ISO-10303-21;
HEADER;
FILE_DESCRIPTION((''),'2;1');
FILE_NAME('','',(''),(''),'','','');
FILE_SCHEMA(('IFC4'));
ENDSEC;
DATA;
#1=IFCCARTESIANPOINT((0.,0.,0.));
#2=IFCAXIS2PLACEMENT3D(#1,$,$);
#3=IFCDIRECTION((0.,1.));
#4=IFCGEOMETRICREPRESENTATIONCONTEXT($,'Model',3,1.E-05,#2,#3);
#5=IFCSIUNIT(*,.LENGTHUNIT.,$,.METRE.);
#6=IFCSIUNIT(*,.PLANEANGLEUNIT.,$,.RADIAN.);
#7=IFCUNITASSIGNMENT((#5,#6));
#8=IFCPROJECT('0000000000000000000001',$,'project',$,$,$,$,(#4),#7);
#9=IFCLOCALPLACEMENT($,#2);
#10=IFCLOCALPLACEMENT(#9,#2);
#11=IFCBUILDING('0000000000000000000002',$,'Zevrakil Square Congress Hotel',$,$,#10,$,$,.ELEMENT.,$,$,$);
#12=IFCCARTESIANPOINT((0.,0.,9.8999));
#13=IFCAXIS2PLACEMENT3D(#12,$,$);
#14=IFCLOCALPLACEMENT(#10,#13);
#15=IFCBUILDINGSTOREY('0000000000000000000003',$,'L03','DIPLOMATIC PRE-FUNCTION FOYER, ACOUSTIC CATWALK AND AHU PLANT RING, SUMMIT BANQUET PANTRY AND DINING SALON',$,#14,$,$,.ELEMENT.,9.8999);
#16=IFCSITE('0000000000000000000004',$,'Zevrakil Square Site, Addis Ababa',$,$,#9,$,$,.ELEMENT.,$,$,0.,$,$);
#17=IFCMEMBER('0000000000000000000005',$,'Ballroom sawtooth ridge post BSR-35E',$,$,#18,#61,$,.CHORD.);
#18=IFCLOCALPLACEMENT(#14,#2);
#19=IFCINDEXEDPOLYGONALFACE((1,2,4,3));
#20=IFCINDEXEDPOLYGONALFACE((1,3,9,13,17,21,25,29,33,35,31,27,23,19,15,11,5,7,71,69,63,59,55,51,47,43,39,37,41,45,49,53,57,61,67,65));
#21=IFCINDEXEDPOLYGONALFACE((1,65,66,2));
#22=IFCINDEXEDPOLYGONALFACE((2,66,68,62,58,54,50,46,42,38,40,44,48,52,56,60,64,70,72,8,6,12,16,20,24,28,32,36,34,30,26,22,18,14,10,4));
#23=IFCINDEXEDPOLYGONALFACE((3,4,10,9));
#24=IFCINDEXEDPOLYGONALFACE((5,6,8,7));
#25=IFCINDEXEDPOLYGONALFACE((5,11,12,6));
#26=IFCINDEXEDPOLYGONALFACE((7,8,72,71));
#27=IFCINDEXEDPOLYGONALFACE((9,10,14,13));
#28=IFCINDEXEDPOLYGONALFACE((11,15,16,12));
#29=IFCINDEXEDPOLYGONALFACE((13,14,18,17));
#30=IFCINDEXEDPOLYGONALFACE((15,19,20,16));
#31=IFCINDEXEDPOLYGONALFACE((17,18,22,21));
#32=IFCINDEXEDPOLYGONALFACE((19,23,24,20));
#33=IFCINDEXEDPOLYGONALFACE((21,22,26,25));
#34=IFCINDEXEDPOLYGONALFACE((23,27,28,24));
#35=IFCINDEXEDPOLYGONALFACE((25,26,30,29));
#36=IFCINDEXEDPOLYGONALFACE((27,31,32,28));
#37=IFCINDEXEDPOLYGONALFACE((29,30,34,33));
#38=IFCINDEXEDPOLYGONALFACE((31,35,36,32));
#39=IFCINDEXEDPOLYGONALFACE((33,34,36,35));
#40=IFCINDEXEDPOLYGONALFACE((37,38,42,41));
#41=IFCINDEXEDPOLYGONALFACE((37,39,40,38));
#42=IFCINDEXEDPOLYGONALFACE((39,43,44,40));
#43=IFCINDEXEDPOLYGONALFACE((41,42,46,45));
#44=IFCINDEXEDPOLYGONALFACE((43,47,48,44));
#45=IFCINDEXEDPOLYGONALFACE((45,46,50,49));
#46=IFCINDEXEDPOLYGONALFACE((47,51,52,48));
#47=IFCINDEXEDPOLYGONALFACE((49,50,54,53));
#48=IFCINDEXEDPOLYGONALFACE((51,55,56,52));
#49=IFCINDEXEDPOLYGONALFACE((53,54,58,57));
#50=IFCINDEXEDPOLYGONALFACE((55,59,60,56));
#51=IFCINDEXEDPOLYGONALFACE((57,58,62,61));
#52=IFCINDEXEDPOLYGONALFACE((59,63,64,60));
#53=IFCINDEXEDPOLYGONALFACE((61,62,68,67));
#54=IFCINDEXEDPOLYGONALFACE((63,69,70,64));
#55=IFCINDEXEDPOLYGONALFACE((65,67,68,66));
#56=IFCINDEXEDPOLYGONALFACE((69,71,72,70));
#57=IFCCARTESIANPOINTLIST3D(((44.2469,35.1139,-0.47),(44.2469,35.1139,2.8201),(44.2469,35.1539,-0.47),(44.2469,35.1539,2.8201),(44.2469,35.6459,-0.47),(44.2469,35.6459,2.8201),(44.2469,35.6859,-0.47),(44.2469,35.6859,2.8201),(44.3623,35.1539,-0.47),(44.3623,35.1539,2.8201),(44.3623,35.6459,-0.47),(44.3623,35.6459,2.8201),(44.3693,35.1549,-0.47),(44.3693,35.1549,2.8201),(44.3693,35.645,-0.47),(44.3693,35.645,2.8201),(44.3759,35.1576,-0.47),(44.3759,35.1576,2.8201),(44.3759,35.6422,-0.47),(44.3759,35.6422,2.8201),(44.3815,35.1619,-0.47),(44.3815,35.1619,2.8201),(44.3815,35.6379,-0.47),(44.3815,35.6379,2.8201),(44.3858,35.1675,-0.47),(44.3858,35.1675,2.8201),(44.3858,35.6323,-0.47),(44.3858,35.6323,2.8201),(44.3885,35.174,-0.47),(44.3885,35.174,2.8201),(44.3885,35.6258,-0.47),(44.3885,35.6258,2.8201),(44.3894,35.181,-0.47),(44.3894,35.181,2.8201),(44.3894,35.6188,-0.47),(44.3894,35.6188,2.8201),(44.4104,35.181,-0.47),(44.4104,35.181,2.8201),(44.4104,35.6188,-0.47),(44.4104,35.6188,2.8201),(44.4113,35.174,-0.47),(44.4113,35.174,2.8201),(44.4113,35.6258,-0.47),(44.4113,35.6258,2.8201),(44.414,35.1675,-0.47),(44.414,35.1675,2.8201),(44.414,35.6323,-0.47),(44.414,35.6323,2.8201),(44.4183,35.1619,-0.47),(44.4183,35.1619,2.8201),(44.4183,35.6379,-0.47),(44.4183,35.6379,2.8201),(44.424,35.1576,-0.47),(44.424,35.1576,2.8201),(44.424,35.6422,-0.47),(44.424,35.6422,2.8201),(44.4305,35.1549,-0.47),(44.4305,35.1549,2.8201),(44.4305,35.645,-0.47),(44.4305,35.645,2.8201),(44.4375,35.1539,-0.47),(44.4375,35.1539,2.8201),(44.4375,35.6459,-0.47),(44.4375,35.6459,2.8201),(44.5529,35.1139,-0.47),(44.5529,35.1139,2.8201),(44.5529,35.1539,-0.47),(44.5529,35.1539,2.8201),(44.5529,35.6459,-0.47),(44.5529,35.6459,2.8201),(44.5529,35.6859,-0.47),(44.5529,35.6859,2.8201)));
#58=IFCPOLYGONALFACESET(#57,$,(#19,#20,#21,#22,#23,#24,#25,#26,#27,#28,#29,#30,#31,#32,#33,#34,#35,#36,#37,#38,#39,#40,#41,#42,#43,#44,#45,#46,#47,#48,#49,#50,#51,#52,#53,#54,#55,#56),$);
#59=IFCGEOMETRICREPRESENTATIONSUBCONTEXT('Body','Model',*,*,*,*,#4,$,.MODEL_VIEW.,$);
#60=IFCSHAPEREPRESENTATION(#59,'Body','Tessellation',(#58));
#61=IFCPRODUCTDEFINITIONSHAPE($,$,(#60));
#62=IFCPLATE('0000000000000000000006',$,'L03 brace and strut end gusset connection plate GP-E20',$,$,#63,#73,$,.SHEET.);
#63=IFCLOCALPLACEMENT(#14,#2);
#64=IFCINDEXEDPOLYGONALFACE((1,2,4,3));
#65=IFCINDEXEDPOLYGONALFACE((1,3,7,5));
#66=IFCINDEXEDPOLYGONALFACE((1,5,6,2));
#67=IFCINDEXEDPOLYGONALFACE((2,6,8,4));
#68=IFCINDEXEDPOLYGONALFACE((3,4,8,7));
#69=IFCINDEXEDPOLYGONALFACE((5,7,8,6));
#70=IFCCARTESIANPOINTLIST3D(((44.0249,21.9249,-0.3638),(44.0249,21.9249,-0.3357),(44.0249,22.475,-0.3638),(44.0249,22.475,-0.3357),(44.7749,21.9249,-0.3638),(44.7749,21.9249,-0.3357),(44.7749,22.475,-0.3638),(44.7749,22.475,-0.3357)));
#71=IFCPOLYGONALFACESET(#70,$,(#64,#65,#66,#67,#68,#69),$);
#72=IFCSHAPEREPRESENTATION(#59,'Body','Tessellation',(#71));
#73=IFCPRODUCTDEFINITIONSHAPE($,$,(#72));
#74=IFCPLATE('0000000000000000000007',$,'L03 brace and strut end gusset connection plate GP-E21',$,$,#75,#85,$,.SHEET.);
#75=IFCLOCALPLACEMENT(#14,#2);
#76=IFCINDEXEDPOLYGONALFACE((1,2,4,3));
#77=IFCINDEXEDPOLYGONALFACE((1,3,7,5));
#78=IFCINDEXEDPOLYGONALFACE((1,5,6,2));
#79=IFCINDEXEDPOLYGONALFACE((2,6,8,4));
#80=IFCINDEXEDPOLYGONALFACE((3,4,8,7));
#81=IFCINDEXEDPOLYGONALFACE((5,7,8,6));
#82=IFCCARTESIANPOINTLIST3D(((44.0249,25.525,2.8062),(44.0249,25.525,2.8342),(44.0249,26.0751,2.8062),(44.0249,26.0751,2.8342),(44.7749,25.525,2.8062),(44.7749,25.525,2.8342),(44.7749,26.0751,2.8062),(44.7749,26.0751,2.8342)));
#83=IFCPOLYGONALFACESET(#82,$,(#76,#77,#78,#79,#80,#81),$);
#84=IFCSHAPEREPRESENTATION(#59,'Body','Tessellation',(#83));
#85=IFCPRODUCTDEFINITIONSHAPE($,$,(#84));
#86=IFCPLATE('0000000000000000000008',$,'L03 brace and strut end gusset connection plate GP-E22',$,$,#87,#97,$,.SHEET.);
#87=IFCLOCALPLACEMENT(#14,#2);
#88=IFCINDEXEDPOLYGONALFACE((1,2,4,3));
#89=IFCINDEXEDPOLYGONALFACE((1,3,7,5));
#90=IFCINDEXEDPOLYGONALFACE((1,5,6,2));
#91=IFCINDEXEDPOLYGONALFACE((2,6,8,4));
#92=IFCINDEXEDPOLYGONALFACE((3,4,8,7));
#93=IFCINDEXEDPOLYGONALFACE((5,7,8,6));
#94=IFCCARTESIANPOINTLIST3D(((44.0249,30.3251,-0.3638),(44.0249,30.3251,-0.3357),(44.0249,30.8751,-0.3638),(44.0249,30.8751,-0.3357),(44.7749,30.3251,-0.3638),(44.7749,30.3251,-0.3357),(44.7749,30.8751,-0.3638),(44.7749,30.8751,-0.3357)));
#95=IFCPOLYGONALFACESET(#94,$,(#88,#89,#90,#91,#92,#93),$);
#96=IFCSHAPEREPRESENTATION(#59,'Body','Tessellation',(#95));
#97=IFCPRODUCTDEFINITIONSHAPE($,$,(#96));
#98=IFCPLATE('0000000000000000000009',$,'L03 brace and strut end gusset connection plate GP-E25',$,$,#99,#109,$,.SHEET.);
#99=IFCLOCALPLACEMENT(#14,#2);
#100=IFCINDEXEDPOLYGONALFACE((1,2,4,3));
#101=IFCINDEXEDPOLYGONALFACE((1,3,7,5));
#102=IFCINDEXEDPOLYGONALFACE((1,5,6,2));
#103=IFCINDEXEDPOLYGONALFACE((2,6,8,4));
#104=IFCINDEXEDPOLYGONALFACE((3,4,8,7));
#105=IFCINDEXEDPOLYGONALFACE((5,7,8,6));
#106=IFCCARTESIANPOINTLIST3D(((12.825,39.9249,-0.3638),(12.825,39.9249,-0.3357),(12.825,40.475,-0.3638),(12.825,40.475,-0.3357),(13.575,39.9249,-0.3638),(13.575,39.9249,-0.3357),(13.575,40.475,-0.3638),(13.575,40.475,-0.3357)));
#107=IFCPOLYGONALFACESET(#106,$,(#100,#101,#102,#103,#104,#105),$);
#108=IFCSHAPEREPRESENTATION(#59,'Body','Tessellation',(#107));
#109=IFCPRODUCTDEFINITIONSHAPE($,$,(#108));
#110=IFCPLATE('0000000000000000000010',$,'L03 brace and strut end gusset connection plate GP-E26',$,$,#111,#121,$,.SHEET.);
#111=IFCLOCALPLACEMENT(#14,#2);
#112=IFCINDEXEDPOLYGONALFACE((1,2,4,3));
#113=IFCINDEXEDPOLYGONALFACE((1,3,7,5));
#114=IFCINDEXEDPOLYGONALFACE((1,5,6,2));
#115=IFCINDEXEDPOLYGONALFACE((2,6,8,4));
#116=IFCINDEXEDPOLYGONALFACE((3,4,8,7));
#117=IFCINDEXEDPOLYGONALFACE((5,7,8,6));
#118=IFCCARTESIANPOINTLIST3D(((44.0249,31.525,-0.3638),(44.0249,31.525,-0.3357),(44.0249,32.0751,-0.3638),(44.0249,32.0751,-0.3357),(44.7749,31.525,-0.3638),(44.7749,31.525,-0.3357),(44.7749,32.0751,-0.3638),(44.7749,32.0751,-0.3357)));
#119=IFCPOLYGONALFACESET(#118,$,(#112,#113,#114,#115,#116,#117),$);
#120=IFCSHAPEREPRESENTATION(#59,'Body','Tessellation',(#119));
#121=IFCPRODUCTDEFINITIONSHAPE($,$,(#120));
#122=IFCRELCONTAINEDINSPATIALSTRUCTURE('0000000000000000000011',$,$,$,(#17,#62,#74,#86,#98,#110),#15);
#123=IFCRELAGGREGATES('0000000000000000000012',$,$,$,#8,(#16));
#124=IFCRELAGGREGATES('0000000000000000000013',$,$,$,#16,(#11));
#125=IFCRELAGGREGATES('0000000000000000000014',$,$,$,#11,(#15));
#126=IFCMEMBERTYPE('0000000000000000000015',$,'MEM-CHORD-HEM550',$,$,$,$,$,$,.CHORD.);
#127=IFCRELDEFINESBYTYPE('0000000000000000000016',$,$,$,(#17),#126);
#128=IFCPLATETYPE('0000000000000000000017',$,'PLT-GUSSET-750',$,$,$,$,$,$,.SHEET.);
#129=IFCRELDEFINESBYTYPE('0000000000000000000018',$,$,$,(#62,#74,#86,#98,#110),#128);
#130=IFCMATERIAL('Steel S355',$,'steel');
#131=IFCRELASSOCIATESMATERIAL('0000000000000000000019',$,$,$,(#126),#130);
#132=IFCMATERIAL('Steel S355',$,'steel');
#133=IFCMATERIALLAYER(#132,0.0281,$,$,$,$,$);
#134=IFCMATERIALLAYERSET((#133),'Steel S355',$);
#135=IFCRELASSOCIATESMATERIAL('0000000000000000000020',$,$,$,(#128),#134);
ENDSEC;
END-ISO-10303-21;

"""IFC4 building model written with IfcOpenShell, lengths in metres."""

from ifc_helpers import new_model, si_unit, direction, frame, origin, origin_2d, place, context, subcontext, project, spatial, rectangle, i_section, extrude, material, layer, layer_set, material_profile, profile_set, type_object, element, save


model = new_model("IFC4")

# Units and contexts
model_context = context("Model", 3, precision=1e-05, world=origin(), true_north=direction((0.0, 1.0)))
body_context = subcontext(model_context, "Body", "Model", "MODEL_VIEW")
ifc_project = project(units=[si_unit("LENGTHUNIT", "METRE"), si_unit("PLANEANGLEUNIT", "RADIAN")], contexts=[model_context])

# Site, building, storey
site_placement = place(None, origin())
site = spatial("IfcSite", under=ifc_project, at=site_placement, Name="Zevrakil Square Site, Addis Ababa", CompositionType="ELEMENT", RefElevation=0.0)
building_placement = place(site_placement, origin())
building = spatial("IfcBuilding", under=site, at=building_placement, Name="Zevrakil Square Congress Hotel", CompositionType="ELEMENT")
storey_placement = place(building_placement, frame((0.0, 0.0, 9.8999)))
storey = spatial("IfcBuildingStorey", under=building, at=storey_placement, Name="L03", Description="DIPLOMATIC PRE-FUNCTION FOYER, ACOUSTIC CATWALK AND AHU PLANT RING, SUMMIT BANQUET PANTRY AND DINING SALON", CompositionType="ELEMENT", Elevation=9.8999)

# Member
ifc_material_1 = material(Name="Steel S355", Category="steel")
ifc_material_profile_1 = material_profile(ifc_material_1, i_section(OverallWidth=0.3059, OverallDepth=0.572, WebThickness=0.021, FlangeThickness=0.04, FilletRadius=0.0271, at=origin_2d()), Name="HEM 550")
ifc_profile_set_1 = profile_set([ifc_material_profile_1], Name="Steel S355")
member_type_1 = type_object("IfcMemberType", Name="MEM-CHORD-HEM550", PredefinedType="CHORD", material=ifc_profile_set_1)
for number, where, z_axis, x_axis, name in (
    (1, (44.3999, 35.3999, -0.47), (0.0, 0.0, 1.0), (1.0, 0.0, 0.0), "Ballroom sawtooth ridge post BSR-35E"),
):
    element("IfcMember", number, at=place(storey_placement, frame(where, z_axis=z_axis, x_axis=x_axis)), inside=storey, type_object=member_type_1, Name=name, PredefinedType="CHORD", context=body_context, shape_type="SweptSolid", body=[
        extrude(i_section(OverallWidth=0.3059, OverallDepth=0.572, WebThickness=0.021, FlangeThickness=0.04, FilletRadius=0.0271, at=origin_2d()), origin(), (0.0, 0.0, 1.0), 3.29),
    ])

# Plates
ifc_material_2 = material(Name="Steel S355", Category="steel")
ifc_layer = layer(ifc_material_2, 0.0281)
ifc_layer_set = layer_set([ifc_layer], Name="Steel S355")
plate_type = type_object("IfcPlateType", Name="PLT-GUSSET-750", PredefinedType="SHEET", material=ifc_layer_set)
for number, where, z_axis, x_axis, name in (
    (2, (44.3999, 22.2, -0.3638), (0.0, 0.0, 1.0), (1.0, 0.0, 0.0), "L03 brace and strut end gusset connection plate GP-E20"),
    (3, (44.3999, 25.8, 2.8062), (0.0, 0.0, 1.0), (1.0, 0.0, 0.0), "L03 brace and strut end gusset connection plate GP-E21"),
    (4, (44.3999, 30.6001, -0.3638), (0.0, 0.0, 1.0), (1.0, 0.0, 0.0), "L03 brace and strut end gusset connection plate GP-E22"),
    (5, (13.2, 40.2, -0.3638), (0.0, 0.0, 1.0), (1.0, 0.0, 0.0), "L03 brace and strut end gusset connection plate GP-E25"),
    (6, (44.3999, 31.8, -0.3638), (0.0, 0.0, 1.0), (1.0, 0.0, 0.0), "L03 brace and strut end gusset connection plate GP-E26"),
):
    element("IfcPlate", number, at=place(storey_placement, frame(where, z_axis=z_axis, x_axis=x_axis)), inside=storey, type_object=plate_type, Name=name, PredefinedType="SHEET", context=body_context, shape_type="SweptSolid", body=[
        extrude(rectangle(XDim=0.75, YDim=0.55, at=origin_2d()), origin(), (0.0, 0.0, 1.0), 0.0281),
    ])

save(model, "model.ifc")
